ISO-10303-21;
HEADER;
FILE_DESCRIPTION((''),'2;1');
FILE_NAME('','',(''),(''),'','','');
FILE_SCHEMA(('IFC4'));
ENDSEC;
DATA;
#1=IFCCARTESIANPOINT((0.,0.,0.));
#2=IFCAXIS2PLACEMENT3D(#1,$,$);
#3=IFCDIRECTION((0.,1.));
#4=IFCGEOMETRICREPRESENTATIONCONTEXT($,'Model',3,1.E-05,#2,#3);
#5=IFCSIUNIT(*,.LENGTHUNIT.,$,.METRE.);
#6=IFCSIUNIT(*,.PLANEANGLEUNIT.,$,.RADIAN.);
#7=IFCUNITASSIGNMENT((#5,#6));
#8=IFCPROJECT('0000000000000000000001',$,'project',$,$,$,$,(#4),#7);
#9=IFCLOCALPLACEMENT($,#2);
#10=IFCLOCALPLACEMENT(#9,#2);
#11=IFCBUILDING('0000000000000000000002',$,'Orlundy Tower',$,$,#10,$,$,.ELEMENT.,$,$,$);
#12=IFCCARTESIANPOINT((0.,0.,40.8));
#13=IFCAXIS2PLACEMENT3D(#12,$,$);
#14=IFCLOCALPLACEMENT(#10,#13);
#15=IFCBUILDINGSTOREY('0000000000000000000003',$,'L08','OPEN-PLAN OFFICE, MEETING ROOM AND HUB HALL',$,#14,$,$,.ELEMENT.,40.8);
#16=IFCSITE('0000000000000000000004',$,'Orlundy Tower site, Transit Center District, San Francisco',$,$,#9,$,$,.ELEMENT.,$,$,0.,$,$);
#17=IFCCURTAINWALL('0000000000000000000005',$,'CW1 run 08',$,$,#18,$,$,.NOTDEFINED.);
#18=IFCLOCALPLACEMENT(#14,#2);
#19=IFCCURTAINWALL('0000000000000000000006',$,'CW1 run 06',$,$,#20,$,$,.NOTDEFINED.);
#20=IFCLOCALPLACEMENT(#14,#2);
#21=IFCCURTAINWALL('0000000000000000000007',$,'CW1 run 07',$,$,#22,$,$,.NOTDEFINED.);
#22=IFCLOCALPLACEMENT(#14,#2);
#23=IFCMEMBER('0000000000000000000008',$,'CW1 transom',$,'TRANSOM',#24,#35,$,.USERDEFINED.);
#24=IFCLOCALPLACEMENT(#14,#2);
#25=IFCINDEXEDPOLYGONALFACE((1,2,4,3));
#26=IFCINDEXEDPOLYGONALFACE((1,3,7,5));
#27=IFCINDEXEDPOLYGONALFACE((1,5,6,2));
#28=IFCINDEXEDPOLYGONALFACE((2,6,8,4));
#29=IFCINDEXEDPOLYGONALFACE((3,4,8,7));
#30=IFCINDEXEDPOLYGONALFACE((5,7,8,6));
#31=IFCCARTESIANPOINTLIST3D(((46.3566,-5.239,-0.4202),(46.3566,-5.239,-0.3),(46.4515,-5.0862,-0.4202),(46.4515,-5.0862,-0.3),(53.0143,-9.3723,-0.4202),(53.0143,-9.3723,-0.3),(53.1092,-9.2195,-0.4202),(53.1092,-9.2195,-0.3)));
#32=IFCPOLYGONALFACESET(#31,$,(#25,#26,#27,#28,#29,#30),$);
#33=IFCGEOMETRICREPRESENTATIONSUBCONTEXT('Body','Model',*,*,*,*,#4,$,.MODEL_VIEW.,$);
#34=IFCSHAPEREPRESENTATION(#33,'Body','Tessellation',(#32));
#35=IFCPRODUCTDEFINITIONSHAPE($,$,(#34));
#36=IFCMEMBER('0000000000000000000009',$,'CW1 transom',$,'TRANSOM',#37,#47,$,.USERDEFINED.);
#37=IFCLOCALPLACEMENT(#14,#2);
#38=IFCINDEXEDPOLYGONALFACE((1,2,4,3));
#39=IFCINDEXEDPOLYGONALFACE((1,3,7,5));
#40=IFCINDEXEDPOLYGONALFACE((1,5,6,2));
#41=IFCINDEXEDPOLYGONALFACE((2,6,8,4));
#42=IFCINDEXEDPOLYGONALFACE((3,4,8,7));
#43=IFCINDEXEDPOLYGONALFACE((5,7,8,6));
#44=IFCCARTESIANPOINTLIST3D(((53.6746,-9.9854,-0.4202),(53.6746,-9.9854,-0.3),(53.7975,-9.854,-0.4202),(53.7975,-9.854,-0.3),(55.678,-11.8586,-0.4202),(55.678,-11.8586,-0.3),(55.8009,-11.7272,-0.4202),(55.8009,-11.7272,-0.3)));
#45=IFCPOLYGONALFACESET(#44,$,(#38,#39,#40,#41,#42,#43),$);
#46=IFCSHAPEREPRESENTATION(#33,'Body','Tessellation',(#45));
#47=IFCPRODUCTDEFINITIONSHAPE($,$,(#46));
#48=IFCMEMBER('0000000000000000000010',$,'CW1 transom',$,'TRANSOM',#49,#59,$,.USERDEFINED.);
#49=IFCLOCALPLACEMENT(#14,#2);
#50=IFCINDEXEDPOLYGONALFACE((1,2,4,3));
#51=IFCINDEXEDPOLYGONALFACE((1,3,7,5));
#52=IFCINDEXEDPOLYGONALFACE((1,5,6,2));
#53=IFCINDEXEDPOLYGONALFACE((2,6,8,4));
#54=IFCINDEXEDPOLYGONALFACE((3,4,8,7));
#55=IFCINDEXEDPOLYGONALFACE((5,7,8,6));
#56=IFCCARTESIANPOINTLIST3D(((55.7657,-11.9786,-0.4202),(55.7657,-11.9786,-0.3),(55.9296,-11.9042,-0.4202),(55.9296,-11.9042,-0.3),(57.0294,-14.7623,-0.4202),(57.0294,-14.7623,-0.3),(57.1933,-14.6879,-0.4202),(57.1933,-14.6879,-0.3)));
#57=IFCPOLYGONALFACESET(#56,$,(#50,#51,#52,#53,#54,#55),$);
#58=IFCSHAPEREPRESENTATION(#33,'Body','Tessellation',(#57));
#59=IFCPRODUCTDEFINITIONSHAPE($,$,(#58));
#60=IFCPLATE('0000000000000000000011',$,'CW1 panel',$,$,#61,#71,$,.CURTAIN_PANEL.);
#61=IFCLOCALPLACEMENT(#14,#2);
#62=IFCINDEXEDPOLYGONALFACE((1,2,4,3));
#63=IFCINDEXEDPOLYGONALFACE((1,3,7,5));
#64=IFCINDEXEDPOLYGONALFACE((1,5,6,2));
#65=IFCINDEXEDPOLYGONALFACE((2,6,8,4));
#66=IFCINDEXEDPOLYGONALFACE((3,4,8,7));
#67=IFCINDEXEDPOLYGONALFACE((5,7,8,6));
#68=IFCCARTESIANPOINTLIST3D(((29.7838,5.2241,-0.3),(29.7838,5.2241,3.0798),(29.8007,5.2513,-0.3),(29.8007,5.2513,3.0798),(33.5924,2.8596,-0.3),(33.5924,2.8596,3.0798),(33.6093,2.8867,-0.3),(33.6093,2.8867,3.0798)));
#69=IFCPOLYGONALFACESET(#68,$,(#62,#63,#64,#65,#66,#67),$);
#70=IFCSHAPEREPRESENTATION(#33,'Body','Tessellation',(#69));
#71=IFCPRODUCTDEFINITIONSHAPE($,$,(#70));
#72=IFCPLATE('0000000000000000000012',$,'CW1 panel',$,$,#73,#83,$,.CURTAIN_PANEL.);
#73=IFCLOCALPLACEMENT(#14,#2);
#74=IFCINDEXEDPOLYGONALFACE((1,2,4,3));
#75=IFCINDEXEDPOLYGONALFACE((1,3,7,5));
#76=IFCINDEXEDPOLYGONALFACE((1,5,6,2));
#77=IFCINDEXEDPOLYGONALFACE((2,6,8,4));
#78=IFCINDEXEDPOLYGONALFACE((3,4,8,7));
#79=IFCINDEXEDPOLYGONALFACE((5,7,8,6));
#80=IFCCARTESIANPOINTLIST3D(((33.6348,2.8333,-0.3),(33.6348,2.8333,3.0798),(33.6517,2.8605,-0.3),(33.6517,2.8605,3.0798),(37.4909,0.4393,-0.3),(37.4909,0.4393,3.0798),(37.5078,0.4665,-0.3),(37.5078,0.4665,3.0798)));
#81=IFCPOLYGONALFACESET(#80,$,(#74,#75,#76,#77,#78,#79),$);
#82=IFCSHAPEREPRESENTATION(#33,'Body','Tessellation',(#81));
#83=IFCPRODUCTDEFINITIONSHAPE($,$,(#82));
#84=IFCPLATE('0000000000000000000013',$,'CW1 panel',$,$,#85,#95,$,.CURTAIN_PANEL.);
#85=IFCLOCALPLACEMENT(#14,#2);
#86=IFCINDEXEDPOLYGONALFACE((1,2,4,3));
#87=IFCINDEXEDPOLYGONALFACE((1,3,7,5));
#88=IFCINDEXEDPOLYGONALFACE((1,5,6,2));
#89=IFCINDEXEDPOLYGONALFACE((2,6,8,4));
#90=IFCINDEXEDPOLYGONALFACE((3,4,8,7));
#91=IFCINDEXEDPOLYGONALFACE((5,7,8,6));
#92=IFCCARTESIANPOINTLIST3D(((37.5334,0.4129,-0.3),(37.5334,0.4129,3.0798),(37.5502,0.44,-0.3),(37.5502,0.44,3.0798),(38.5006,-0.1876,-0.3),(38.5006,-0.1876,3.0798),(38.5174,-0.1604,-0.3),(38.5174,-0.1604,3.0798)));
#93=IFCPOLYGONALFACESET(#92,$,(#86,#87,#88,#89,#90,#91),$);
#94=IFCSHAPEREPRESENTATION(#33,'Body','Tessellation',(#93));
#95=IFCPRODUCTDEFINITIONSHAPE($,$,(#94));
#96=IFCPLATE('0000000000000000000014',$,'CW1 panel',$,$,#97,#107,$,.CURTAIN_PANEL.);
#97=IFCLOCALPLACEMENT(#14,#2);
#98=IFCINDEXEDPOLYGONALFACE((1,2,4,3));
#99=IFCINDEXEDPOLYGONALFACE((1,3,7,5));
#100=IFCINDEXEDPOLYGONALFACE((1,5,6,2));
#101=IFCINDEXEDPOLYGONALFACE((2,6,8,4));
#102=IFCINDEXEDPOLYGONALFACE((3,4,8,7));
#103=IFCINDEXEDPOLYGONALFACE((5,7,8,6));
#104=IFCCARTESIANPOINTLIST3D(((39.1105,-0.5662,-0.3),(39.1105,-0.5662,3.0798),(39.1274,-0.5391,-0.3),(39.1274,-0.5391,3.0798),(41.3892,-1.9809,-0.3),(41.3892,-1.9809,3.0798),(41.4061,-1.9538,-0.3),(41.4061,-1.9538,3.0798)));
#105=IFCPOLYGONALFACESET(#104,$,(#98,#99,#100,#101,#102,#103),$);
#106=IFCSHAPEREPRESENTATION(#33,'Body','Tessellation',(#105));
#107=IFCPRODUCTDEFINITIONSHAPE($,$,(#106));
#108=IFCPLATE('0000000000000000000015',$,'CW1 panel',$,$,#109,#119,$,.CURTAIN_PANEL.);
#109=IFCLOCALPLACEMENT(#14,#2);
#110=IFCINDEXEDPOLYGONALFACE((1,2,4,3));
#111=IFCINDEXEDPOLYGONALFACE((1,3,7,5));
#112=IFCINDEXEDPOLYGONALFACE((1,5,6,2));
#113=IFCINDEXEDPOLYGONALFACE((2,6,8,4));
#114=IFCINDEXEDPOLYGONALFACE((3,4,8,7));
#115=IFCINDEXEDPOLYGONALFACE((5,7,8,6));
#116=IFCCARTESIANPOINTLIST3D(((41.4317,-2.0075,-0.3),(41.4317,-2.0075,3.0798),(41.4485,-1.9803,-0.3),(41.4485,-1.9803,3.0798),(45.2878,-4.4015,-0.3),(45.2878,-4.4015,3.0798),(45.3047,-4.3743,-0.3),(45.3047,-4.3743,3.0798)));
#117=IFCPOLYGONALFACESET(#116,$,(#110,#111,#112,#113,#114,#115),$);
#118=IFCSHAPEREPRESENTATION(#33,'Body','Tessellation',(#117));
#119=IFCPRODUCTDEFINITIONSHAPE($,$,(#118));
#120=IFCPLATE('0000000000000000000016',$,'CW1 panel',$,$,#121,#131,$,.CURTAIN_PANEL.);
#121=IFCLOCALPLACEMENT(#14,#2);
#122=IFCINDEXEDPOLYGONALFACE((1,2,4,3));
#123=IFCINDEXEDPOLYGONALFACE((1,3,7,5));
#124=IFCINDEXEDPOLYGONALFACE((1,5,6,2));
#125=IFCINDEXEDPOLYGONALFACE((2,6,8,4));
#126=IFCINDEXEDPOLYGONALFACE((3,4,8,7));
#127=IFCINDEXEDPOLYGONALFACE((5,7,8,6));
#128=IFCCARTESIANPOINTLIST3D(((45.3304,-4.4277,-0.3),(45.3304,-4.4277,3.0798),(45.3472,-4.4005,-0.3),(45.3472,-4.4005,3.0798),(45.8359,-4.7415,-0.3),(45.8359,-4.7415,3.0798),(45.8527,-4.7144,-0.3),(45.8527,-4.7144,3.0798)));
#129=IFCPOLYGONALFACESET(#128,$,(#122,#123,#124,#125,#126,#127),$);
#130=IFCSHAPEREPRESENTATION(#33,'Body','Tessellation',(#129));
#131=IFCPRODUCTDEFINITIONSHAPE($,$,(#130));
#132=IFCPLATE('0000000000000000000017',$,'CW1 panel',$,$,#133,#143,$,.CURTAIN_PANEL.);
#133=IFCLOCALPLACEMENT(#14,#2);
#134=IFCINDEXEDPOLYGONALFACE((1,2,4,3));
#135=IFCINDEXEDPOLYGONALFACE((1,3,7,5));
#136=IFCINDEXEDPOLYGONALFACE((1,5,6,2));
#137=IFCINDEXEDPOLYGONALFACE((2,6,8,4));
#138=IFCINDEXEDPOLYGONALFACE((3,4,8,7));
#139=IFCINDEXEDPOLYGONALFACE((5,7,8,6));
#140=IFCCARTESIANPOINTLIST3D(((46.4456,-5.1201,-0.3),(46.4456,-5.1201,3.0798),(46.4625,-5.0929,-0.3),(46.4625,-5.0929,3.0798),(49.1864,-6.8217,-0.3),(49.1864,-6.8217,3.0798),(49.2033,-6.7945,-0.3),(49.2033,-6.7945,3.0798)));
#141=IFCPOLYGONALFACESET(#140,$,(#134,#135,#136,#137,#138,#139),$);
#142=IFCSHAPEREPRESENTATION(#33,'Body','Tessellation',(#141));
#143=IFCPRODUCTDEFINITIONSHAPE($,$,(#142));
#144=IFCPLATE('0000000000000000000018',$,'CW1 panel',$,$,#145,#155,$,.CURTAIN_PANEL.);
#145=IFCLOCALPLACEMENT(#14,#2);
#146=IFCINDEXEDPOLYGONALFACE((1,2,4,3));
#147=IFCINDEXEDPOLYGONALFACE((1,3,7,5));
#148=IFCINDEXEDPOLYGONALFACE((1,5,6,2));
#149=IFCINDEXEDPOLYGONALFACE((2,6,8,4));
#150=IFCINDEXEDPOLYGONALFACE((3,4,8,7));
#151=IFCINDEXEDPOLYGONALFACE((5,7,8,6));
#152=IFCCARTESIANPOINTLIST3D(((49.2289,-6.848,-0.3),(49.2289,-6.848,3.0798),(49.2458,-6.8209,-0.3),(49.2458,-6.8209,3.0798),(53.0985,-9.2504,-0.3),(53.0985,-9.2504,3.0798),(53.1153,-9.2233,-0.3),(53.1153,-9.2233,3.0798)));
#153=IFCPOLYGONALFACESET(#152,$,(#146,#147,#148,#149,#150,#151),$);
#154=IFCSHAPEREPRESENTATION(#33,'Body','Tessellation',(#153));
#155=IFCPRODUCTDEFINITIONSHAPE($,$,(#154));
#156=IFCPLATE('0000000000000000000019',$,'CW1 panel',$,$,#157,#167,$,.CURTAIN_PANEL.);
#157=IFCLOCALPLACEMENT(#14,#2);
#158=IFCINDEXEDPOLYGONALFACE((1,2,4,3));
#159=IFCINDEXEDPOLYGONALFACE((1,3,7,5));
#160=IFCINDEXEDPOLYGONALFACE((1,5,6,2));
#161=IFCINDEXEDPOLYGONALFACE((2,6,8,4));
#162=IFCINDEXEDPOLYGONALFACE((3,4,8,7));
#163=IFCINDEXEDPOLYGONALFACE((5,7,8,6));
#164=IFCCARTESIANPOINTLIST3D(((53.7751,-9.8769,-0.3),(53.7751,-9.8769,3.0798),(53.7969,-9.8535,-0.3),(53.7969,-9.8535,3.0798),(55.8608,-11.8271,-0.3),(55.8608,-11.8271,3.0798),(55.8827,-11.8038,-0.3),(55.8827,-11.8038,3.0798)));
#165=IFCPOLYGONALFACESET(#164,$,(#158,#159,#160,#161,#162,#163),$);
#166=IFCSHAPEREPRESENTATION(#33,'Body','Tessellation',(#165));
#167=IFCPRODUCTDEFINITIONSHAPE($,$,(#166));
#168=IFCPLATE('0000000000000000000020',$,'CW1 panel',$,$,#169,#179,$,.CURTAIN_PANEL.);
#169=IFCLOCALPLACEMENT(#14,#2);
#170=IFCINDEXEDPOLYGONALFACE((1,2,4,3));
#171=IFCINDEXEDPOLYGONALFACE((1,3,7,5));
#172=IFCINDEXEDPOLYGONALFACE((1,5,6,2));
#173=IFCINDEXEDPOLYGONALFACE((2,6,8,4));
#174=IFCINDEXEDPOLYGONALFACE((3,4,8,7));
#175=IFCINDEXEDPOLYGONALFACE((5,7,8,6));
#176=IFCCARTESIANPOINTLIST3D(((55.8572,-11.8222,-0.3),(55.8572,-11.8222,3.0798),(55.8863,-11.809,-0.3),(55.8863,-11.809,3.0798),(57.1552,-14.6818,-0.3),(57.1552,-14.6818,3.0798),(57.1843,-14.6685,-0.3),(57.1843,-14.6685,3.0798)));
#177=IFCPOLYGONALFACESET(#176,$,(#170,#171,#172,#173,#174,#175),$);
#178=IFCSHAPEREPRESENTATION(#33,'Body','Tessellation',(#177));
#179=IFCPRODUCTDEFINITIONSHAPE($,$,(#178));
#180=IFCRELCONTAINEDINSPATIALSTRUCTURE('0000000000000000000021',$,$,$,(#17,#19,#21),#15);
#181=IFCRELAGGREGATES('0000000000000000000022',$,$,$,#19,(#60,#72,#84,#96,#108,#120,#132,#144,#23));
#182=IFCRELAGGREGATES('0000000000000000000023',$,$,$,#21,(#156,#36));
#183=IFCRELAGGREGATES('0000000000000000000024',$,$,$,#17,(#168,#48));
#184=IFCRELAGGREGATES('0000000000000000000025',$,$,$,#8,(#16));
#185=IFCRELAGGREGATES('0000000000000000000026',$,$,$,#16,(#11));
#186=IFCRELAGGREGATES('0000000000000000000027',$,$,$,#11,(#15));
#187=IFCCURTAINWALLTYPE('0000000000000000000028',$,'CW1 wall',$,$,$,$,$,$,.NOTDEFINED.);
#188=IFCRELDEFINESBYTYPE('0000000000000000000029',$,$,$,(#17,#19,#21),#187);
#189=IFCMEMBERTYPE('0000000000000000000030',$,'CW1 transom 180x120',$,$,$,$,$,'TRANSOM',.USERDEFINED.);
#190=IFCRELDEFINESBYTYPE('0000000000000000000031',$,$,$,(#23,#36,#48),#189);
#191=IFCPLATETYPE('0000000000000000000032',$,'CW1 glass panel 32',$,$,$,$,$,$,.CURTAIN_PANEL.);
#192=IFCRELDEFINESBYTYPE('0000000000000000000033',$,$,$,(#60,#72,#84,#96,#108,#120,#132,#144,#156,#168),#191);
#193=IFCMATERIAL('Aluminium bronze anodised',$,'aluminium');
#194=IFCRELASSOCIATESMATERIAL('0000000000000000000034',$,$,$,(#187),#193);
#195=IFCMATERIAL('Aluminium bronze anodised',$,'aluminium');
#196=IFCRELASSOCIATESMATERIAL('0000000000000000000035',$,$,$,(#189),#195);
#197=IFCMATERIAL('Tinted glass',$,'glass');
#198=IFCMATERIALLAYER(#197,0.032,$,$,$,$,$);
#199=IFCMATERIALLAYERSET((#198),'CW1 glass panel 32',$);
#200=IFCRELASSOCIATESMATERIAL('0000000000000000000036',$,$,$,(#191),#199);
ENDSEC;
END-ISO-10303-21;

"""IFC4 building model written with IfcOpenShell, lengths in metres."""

from ifc_helpers import new_model, si_unit, direction, frame, origin, origin_2d, place, context, subcontext, project, spatial, rectangle, extrude, material, layer, layer_set, material_profile, profile_set, type_object, element, aggregate, save


model = new_model("IFC4")

# Units and contexts
model_context = context("Model", 3, precision=1e-05, world=origin(), true_north=direction((0.0, 1.0)))
body_context = subcontext(model_context, "Body", "Model", "MODEL_VIEW")
ifc_project = project(units=[si_unit("LENGTHUNIT", "METRE"), si_unit("PLANEANGLEUNIT", "RADIAN")], contexts=[model_context])

# Site, building, storey
site_placement = place(None, origin())
site = spatial("IfcSite", under=ifc_project, at=site_placement, Name="Orlundy Tower site, Transit Center District, San Francisco", CompositionType="ELEMENT", RefElevation=0.0)
building_placement = place(site_placement, origin())
building = spatial("IfcBuilding", under=site, at=building_placement, Name="Orlundy Tower", CompositionType="ELEMENT")
storey_placement = place(building_placement, frame((0.0, 0.0, 40.8)))
storey = spatial("IfcBuildingStorey", under=building, at=storey_placement, Name="L08", Description="OPEN-PLAN OFFICE, MEETING ROOM AND HUB HALL", CompositionType="ELEMENT", Elevation=40.8)

# Curtain wall
ifc_material_1 = material(Name="Aluminium bronze anodised", Category="aluminium")
curtain_wall_type = type_object("IfcCurtainWallType", Name="CW1 wall", PredefinedType="NOTDEFINED", material=ifc_material_1)
curtain_wall_1_placement = place(storey_placement, origin())
curtain_wall_1 = element("IfcCurtainWall", 1, at=curtain_wall_1_placement, inside=storey, type_object=curtain_wall_type, Name="CW1 run 08", PredefinedType="NOTDEFINED")

# Curtain wall
curtain_wall_2_placement = place(storey_placement, origin())
curtain_wall_2 = element("IfcCurtainWall", 2, at=curtain_wall_2_placement, inside=storey, type_object=curtain_wall_type, Name="CW1 run 06", PredefinedType="NOTDEFINED")

# Curtain wall
curtain_wall_3_placement = place(storey_placement, origin())
curtain_wall_3 = element("IfcCurtainWall", 3, at=curtain_wall_3_placement, inside=storey, type_object=curtain_wall_type, Name="CW1 run 07", PredefinedType="NOTDEFINED")

# Members
ifc_material_2 = material(Name="Aluminium bronze anodised", Category="aluminium")
ifc_material_profile_1 = material_profile(ifc_material_2, rectangle(XDim=0.1799, YDim=0.1201, at=origin_2d()), Name="CW1 transom 180x120")
ifc_profile_set_1 = profile_set([ifc_material_profile_1], Name="Aluminium bronze anodised")
member_type_1 = type_object("IfcMemberType", Name="CW1 transom 180x120", ElementType="TRANSOM", PredefinedType="USERDEFINED", material=ifc_profile_set_1)
member_1_placement = place(storey_placement, frame((46.4041, -5.1626, -0.3601), z_axis=(0.849587, -0.527448, 0.0), x_axis=(0.527448, 0.849587, 0.0)))
member_1 = element("IfcMember", 4, at=member_1_placement, type_object=member_type_1, Name="CW1 transom", ObjectType="TRANSOM", PredefinedType="USERDEFINED", context=body_context, shape_type="SweptSolid", body=[
    extrude(rectangle(XDim=0.1799, YDim=0.1201, at=origin_2d()), origin(), (0.0, 0.0, 1.0), 7.8364),
])
member_2_placement = place(storey_placement, frame((53.7361, -9.9197, -0.3601), z_axis=(0.73043, -0.682987, 0.0), x_axis=(0.682987, 0.73043, 0.0)))
member_2 = element("IfcMember", 5, at=member_2_placement, type_object=member_type_1, Name="CW1 transom", ObjectType="TRANSOM", PredefinedType="USERDEFINED", context=body_context, shape_type="SweptSolid", body=[
    extrude(rectangle(XDim=0.1799, YDim=0.1201, at=origin_2d()), origin(), (0.0, 0.0, 1.0), 2.7427),
])
member_3_placement = place(storey_placement, frame((55.8477, -11.9414, -0.3601), z_axis=(0.413358, -0.910569, 0.0), x_axis=(0.910569, 0.413358, 0.0)))
member_3 = element("IfcMember", 6, at=member_3_placement, type_object=member_type_1, Name="CW1 transom", ObjectType="TRANSOM", PredefinedType="USERDEFINED", context=body_context, shape_type="SweptSolid", body=[
    extrude(rectangle(XDim=0.1799, YDim=0.1201, at=origin_2d()), origin(), (0.0, 0.0, 1.0), 3.0571),
])

# Plates
ifc_material_3 = material(Name="Tinted glass", Category="glass")
ifc_layer = layer(ifc_material_3, 0.032)
ifc_layer_set = layer_set([ifc_layer], Name="CW1 glass panel 32")
plate_type = type_object("IfcPlateType", Name="CW1 glass panel 32", PredefinedType="CURTAIN_PANEL", material=ifc_layer_set)
plate_1_placement = place(storey_placement, frame((31.6965, 4.0554, -0.3), z_axis=(0.0, 0.0, 1.0), x_axis=(0.849584, -0.527453, 0.0)))
plate_1 = element("IfcPlate", 7, at=plate_1_placement, type_object=plate_type, Name="CW1 panel", PredefinedType="CURTAIN_PANEL", context=body_context, shape_type="SweptSolid", body=[
    extrude(rectangle(XDim=4.4829, YDim=0.032, at=origin_2d()), origin(), (0.0, 0.0, 1.0), 3.3799),
])
plate_2_placement = place(storey_placement, frame((35.5713, 1.6499, -0.3), z_axis=(0.0, 0.0, 1.0), x_axis=(0.849584, -0.527453, 0.0)))
plate_2 = element("IfcPlate", 8, at=plate_2_placement, type_object=plate_type, Name="CW1 panel", PredefinedType="CURTAIN_PANEL", context=body_context, shape_type="SweptSolid", body=[
    extrude(rectangle(XDim=4.5388, YDim=0.032, at=origin_2d()), origin(), (0.0, 0.0, 1.0), 3.3799),
])
plate_3_placement = place(storey_placement, frame((38.0254, 0.1262, -0.3), z_axis=(0.0, 0.0, 1.0), x_axis=(0.849584, -0.527453, 0.0)))
plate_3 = element("IfcPlate", 9, at=plate_3_placement, type_object=plate_type, Name="CW1 panel", PredefinedType="CURTAIN_PANEL", context=body_context, shape_type="SweptSolid", body=[
    extrude(rectangle(XDim=1.1384, YDim=0.032, at=origin_2d()), origin(), (0.0, 0.0, 1.0), 3.3799),
])
plate_4_placement = place(storey_placement, frame((40.2583, -1.26, -0.3), z_axis=(0.0, 0.0, 1.0), x_axis=(0.849584, -0.527453, 0.0)))
plate_4 = element("IfcPlate", 10, at=plate_4_placement, type_object=plate_type, Name="CW1 panel", PredefinedType="CURTAIN_PANEL", context=body_context, shape_type="SweptSolid", body=[
    extrude(rectangle(XDim=2.6821, YDim=0.032, at=origin_2d()), origin(), (0.0, 0.0, 1.0), 3.3799),
])
plate_5_placement = place(storey_placement, frame((43.3682, -3.1909, -0.3), z_axis=(0.0, 0.0, 1.0), x_axis=(0.849584, -0.527453, 0.0)))
plate_5 = element("IfcPlate", 11, at=plate_5_placement, type_object=plate_type, Name="CW1 panel", PredefinedType="CURTAIN_PANEL", context=body_context, shape_type="SweptSolid", body=[
    extrude(rectangle(XDim=4.5388, YDim=0.032, at=origin_2d()), origin(), (0.0, 0.0, 1.0), 3.3799),
])
plate_6_placement = place(storey_placement, frame((45.5916, -4.571, -0.3), z_axis=(0.0, 0.0, 1.0), x_axis=(0.849584, -0.527453, 0.0)))
plate_6 = element("IfcPlate", 12, at=plate_6_placement, type_object=plate_type, Name="CW1 panel", PredefinedType="CURTAIN_PANEL", context=body_context, shape_type="SweptSolid", body=[
    extrude(rectangle(XDim=0.595, YDim=0.032, at=origin_2d()), origin(), (0.0, 0.0, 1.0), 3.3799),
])
plate_7_placement = place(storey_placement, frame((47.8245, -5.9573, -0.3), z_axis=(0.0, 0.0, 1.0), x_axis=(0.849584, -0.527453, 0.0)))
plate_7 = element("IfcPlate", 13, at=plate_7_placement, type_object=plate_type, Name="CW1 panel", PredefinedType="CURTAIN_PANEL", context=body_context, shape_type="SweptSolid", body=[
    extrude(rectangle(XDim=3.2261, YDim=0.032, at=origin_2d()), origin(), (0.0, 0.0, 1.0), 3.3799),
])
plate_8_placement = place(storey_placement, frame((51.1721, -8.0356, -0.3), z_axis=(0.0, 0.0, 1.0), x_axis=(0.849584, -0.527453, 0.0)))
plate_8 = element("IfcPlate", 14, at=plate_8_placement, type_object=plate_type, Name="CW1 panel", PredefinedType="CURTAIN_PANEL", context=body_context, shape_type="SweptSolid", body=[
    extrude(rectangle(XDim=4.5547, YDim=0.032, at=origin_2d()), origin(), (0.0, 0.0, 1.0), 3.3799),
])
aggregate(curtain_wall_2, [plate_1, plate_2, plate_3, plate_4, plate_5, plate_6, plate_7, plate_8, member_1])
plate_9_placement = place(storey_placement, frame((54.8289, -10.8403, -0.3), z_axis=(0.0, 0.0, 1.0), x_axis=(0.730445, -0.682971, 0.0)))
plate_9 = element("IfcPlate", 15, at=plate_9_placement, type_object=plate_type, Name="CW1 panel", PredefinedType="CURTAIN_PANEL", context=body_context, shape_type="SweptSolid", body=[
    extrude(rectangle(XDim=2.8555, YDim=0.032, at=origin_2d()), origin(), (0.0, 0.0, 1.0), 3.3799),
])
aggregate(curtain_wall_3, [plate_9, member_2])
plate_10_placement = place(storey_placement, frame((56.5208, -13.2454, -0.3), z_axis=(0.0, 0.0, 1.0), x_axis=(0.413335, -0.910579, 0.0)))
plate_10 = element("IfcPlate", 16, at=plate_10_placement, type_object=plate_type, Name="CW1 panel", PredefinedType="CURTAIN_PANEL", context=body_context, shape_type="SweptSolid", body=[
    extrude(rectangle(XDim=3.1404, YDim=0.032, at=origin_2d()), origin(), (0.0, 0.0, 1.0), 3.3799),
])
aggregate(curtain_wall_1, [plate_10, member_3])

save(model, "model.ifc")
